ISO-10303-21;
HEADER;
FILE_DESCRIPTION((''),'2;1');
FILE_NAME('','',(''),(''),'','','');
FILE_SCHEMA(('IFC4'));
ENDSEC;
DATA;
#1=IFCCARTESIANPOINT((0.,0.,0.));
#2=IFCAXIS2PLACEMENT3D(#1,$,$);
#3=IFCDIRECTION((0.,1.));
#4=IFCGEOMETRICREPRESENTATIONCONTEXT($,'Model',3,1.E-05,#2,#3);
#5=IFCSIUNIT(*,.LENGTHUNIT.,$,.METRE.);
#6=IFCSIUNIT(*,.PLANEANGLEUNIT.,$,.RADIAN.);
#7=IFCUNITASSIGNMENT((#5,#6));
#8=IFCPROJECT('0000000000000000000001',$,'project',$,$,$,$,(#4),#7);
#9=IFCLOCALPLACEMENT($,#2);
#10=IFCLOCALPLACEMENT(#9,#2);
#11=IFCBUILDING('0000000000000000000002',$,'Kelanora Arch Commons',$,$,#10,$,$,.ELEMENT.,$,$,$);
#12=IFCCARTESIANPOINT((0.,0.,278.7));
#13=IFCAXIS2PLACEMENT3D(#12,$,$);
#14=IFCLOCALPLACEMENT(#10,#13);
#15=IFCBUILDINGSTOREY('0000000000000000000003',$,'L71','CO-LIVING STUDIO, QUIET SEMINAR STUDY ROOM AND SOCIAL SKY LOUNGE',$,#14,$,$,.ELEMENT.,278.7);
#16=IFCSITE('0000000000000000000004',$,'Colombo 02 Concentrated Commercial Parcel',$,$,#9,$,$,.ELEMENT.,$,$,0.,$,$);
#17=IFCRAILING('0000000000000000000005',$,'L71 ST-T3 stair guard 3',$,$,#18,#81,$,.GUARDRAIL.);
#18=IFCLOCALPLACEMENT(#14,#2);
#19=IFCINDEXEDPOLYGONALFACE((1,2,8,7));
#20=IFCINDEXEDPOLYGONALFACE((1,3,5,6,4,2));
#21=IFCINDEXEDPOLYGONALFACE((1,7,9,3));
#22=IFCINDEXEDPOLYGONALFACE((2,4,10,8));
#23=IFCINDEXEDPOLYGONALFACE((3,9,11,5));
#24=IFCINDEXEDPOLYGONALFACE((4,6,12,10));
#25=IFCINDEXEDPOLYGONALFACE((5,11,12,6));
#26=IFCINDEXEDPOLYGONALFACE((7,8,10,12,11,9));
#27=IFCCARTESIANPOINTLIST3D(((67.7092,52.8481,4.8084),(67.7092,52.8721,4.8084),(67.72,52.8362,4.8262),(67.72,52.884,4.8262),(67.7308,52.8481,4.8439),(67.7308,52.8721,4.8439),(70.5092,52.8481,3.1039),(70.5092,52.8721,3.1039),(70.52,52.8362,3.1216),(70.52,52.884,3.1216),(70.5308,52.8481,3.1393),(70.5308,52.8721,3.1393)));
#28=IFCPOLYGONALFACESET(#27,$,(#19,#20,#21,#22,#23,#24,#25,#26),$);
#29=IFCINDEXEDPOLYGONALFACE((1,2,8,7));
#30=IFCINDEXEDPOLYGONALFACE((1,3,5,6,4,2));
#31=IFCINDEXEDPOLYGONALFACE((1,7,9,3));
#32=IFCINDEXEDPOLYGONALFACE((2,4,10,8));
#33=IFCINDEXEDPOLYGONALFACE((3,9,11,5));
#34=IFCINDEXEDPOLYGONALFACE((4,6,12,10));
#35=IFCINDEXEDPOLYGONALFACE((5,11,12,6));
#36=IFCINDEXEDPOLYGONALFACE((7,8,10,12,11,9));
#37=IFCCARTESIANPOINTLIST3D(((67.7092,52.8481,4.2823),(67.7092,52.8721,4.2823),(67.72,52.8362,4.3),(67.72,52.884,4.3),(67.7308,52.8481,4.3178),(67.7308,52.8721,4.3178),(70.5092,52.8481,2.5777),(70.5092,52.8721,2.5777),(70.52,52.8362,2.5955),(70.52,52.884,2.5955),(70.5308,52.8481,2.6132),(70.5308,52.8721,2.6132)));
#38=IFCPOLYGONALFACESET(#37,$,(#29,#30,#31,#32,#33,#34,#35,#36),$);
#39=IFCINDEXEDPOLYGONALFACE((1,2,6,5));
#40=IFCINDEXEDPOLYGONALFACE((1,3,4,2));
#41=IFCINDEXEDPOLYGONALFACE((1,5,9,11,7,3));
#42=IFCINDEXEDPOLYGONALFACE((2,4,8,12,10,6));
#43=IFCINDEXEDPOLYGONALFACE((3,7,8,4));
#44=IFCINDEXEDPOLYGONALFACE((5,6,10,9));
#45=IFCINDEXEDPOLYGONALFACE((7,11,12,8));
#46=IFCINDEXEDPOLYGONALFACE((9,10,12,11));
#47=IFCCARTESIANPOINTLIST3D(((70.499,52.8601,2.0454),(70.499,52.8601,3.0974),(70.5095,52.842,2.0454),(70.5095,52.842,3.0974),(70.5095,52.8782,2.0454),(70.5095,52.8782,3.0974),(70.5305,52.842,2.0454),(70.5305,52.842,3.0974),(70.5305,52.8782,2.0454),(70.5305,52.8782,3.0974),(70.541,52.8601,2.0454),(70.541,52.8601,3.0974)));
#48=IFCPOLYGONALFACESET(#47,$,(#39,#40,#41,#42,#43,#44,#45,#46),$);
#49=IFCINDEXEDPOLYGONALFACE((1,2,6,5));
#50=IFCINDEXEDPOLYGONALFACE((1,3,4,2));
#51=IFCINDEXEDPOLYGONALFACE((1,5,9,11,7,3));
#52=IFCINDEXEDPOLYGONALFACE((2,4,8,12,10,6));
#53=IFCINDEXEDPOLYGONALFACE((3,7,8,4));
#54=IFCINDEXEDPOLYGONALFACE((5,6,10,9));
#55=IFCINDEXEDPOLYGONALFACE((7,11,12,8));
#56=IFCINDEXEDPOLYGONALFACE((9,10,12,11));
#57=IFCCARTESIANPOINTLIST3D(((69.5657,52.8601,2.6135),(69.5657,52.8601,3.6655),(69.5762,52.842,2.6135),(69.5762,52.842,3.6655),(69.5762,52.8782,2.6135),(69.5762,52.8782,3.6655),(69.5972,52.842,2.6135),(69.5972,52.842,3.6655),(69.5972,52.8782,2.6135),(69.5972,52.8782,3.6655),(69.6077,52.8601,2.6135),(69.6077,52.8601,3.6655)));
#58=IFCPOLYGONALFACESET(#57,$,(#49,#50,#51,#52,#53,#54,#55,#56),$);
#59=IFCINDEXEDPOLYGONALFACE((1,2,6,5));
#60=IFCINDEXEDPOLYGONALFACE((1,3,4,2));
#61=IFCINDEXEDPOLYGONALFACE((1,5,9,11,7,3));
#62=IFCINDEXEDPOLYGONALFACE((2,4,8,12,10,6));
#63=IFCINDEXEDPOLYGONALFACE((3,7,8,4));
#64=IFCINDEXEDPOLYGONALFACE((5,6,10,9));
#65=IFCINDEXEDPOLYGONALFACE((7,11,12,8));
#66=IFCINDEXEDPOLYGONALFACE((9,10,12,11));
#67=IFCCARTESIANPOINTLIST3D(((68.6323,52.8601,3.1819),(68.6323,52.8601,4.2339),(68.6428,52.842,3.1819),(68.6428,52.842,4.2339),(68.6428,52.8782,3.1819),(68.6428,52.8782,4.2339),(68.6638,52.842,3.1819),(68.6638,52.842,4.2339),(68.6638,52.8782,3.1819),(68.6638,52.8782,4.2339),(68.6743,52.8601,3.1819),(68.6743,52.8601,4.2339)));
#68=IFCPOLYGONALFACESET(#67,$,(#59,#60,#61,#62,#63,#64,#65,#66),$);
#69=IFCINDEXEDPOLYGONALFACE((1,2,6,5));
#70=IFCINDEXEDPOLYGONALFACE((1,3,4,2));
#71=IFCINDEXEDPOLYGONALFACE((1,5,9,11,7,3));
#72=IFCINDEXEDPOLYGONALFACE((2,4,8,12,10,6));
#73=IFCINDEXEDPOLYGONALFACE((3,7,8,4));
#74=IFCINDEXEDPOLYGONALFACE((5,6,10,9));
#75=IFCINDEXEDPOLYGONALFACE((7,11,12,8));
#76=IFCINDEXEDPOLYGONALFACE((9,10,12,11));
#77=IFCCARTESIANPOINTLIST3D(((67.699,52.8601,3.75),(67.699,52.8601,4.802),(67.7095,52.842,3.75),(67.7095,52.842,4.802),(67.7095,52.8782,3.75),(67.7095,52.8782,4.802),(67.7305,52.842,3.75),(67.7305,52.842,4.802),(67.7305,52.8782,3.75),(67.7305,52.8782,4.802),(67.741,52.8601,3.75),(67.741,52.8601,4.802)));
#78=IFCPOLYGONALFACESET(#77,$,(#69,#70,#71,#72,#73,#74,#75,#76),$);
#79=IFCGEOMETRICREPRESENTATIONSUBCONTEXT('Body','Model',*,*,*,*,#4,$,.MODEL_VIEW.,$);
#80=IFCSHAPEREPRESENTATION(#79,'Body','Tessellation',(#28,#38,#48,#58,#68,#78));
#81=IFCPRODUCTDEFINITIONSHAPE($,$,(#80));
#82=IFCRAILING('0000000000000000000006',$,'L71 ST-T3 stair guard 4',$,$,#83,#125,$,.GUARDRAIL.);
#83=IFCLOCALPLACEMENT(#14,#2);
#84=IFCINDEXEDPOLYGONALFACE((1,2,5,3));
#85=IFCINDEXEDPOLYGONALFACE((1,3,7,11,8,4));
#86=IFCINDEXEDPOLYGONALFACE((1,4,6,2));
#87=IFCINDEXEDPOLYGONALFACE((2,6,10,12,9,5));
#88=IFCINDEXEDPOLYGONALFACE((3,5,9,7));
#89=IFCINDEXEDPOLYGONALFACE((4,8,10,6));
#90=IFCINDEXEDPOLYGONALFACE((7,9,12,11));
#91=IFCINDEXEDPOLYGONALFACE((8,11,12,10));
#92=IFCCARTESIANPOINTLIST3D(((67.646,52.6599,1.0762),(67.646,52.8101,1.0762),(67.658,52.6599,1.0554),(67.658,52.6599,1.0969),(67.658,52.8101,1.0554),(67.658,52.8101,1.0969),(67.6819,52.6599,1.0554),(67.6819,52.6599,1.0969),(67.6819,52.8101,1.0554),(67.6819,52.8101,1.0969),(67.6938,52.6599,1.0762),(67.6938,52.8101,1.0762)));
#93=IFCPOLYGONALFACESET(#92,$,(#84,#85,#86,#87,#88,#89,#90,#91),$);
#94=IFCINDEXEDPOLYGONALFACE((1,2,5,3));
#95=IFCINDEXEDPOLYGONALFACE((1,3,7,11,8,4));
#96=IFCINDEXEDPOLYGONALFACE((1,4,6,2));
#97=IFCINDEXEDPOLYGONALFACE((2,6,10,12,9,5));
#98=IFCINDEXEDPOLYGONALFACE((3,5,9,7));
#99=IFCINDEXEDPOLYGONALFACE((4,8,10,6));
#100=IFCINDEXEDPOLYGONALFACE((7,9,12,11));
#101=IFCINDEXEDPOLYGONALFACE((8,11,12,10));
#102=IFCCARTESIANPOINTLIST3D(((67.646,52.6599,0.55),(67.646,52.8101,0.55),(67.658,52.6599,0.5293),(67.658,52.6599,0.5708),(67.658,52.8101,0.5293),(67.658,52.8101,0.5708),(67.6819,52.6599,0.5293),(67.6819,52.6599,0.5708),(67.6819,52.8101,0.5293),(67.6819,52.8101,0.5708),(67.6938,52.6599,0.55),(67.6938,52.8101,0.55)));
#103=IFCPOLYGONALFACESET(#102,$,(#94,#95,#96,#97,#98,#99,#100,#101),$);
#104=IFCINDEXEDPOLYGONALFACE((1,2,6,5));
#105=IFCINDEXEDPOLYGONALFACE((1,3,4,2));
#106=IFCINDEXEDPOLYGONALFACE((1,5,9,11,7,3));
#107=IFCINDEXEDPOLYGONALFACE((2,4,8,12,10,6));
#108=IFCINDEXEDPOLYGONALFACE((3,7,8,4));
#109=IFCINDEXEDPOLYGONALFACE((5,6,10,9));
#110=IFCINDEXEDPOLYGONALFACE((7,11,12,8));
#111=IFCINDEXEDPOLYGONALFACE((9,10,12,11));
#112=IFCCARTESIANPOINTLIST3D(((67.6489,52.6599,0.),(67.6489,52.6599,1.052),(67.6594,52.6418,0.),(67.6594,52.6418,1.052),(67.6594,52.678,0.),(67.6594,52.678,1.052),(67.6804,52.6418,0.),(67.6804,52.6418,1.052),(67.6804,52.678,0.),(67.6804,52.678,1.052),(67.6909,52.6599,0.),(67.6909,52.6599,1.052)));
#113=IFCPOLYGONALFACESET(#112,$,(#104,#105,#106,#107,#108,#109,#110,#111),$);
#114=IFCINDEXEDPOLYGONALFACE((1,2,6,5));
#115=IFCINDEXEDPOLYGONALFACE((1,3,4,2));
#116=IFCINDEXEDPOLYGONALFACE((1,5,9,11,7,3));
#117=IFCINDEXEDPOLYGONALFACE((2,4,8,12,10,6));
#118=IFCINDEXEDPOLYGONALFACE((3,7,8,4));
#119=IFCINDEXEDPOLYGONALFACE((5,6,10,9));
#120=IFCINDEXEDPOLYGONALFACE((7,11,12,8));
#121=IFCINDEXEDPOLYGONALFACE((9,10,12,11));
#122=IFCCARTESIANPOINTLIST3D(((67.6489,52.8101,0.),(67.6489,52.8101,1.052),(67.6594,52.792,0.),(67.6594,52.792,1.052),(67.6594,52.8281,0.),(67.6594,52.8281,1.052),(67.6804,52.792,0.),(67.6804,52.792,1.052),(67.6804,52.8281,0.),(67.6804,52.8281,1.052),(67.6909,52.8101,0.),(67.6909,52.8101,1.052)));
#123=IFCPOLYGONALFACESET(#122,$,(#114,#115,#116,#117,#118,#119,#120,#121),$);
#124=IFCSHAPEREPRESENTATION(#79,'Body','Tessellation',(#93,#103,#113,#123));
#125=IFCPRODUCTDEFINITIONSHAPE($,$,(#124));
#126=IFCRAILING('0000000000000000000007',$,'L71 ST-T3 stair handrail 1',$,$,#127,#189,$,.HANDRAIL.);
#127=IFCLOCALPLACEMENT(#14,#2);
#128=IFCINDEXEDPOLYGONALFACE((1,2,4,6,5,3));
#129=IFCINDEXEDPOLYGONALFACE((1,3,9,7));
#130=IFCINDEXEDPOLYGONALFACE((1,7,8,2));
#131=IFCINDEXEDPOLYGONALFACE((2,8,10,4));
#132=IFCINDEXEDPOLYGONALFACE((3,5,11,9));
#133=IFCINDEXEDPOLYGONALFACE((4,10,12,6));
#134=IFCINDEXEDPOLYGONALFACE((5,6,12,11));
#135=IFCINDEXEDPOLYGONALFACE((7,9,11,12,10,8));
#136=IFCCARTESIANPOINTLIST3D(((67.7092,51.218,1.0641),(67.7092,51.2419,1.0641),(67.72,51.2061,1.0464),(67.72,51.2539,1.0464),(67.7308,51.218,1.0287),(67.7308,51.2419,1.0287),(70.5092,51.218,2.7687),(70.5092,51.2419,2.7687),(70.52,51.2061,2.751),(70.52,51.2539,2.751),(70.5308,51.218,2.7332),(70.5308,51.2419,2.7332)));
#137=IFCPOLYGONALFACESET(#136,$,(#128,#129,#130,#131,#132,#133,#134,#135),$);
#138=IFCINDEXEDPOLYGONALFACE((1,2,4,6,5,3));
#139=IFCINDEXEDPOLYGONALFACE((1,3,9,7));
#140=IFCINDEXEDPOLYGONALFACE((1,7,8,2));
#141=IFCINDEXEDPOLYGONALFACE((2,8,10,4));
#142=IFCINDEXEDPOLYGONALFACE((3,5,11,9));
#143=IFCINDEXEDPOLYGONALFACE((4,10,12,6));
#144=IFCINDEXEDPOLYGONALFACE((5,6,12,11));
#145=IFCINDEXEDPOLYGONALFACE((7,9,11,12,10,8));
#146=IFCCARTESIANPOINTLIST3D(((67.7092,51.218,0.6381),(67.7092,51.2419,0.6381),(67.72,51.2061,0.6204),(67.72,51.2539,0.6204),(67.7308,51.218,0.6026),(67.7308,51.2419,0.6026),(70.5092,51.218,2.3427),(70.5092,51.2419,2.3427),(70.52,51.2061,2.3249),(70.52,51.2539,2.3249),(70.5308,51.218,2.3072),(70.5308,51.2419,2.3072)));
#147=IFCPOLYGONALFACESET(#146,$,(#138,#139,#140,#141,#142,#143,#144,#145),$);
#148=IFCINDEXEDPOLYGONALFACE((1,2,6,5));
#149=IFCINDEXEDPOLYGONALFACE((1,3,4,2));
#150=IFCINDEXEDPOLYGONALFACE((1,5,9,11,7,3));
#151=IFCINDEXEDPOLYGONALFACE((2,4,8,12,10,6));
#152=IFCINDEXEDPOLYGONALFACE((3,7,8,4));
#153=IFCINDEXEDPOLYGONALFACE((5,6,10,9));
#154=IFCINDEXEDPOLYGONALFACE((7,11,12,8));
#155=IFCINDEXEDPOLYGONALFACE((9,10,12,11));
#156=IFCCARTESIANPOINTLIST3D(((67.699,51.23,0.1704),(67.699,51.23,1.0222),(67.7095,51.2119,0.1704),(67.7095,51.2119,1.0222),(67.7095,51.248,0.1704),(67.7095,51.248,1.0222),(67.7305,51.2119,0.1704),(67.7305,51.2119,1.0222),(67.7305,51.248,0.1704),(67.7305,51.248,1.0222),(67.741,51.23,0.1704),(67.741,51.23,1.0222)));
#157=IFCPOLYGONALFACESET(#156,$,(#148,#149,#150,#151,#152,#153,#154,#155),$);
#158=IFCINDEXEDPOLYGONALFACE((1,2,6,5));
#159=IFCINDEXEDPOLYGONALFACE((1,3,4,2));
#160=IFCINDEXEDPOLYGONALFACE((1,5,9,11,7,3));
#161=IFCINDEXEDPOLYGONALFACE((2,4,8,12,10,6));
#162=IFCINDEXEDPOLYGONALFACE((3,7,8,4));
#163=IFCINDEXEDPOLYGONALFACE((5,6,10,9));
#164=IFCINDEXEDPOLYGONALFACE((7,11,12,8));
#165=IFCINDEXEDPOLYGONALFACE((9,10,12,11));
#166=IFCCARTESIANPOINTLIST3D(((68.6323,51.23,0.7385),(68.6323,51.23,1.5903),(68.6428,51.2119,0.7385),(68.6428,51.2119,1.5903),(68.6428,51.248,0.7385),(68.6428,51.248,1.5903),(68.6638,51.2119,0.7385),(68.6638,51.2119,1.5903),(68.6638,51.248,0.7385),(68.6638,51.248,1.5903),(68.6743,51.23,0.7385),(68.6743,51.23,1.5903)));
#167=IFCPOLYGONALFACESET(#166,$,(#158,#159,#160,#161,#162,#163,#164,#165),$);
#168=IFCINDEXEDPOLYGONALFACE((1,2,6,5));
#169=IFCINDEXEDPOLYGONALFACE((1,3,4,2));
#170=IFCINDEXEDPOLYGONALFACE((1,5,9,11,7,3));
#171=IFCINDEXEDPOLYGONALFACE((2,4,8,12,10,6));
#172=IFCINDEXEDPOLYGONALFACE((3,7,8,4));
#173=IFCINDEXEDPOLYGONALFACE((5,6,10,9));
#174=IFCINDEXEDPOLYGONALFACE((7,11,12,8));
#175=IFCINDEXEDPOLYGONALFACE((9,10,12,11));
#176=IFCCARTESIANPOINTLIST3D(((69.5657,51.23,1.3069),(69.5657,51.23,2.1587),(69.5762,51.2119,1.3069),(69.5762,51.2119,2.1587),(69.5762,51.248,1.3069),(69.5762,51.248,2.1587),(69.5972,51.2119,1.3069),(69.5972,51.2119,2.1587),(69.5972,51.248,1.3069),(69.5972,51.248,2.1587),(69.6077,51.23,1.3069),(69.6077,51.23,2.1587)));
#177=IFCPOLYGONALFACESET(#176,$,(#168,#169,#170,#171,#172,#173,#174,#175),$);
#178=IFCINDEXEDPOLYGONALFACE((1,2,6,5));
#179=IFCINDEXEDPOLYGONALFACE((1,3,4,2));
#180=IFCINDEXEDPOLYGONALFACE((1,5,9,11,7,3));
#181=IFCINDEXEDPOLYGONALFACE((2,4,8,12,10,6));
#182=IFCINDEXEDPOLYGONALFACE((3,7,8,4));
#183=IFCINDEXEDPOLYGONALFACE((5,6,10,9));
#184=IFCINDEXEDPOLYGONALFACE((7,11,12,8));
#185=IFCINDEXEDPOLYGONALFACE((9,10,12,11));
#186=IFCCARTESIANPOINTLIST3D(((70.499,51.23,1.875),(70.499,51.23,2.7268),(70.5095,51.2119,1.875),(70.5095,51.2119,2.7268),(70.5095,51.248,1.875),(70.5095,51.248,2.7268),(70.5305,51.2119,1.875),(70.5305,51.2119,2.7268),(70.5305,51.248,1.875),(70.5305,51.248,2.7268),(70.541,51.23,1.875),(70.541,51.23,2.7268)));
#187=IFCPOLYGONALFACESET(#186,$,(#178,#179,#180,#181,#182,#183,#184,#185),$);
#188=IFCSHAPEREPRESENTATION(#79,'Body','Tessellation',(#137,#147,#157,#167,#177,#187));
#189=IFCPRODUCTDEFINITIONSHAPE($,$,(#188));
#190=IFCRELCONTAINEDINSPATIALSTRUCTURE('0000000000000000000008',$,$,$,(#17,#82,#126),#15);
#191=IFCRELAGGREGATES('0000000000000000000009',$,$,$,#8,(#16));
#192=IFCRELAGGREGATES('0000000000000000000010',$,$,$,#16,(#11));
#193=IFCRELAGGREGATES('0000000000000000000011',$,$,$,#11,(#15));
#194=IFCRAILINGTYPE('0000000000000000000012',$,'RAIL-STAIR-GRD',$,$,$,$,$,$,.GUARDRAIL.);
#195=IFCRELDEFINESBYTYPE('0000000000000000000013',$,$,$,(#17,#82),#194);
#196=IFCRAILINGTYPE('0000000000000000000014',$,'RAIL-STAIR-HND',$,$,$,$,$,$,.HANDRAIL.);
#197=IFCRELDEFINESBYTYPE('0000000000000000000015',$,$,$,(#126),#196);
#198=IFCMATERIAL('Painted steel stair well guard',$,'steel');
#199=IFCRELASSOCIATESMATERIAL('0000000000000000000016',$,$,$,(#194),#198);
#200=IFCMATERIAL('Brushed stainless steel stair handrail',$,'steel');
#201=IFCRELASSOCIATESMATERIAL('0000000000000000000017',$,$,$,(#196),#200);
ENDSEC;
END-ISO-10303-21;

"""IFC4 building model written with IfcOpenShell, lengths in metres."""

from ifc_helpers import new_model, si_unit, direction, frame, origin, place, context, subcontext, project, spatial, polyline, outline, extrude, material, type_object, element, save


model = new_model("IFC4")

# Units and contexts
model_context = context("Model", 3, precision=1e-05, world=origin(), true_north=direction((0.0, 1.0)))
body_context = subcontext(model_context, "Body", "Model", "MODEL_VIEW")
ifc_project = project(units=[si_unit("LENGTHUNIT", "METRE"), si_unit("PLANEANGLEUNIT", "RADIAN")], contexts=[model_context])

# Site, building, storey
site_placement = place(None, origin())
site = spatial("IfcSite", under=ifc_project, at=site_placement, Name="Colombo 02 Concentrated Commercial Parcel", CompositionType="ELEMENT", RefElevation=0.0)
building_placement = place(site_placement, origin())
building = spatial("IfcBuilding", under=site, at=building_placement, Name="Kelanora Arch Commons", CompositionType="ELEMENT")
storey_placement = place(building_placement, frame((0.0, 0.0, 278.7)))
storey = spatial("IfcBuildingStorey", under=building, at=storey_placement, Name="L71", Description="CO-LIVING STUDIO, QUIET SEMINAR STUDY ROOM AND SOCIAL SKY LOUNGE", CompositionType="ELEMENT", Elevation=278.7)

# Railings
ifc_material_1 = material(Name="Painted steel stair well guard", Category="steel")
railing_type_1 = type_object("IfcRailingType", Name="RAIL-STAIR-GRD", PredefinedType="GUARDRAIL", material=ifc_material_1)
railing_1_placement = place(storey_placement, frame((70.52, 52.8601, 2.0454)))
element("IfcRailing", 1, at=railing_1_placement, inside=storey, type_object=railing_type_1, Name="L71 ST-T3 stair guard 3", PredefinedType="GUARDRAIL", context=body_context, shape_type="SweptSolid", body=[
    extrude(outline(polyline([(0.0239, 0.0), (0.012, 0.0208), (-0.012, 0.0208), (-0.0239, 0.0), (-0.012, -0.0208), (0.012, -0.0208), (0.0239, 0.0)])), frame((0.0, 0.0, 1.0762), z_axis=(-0.85417, 0.0, 0.519994), x_axis=(0.0, -1.0, 0.0)), (0.0, 0.0, 1.0), 3.2781),
    extrude(outline(polyline([(0.0239, 0.0), (0.012, 0.0208), (-0.012, 0.0208), (-0.0239, 0.0), (-0.012, -0.0208), (0.012, -0.0208), (0.0239, 0.0)])), frame((0.0, 0.0, 0.55), z_axis=(-0.85417, 0.0, 0.519994), x_axis=(0.0, -1.0, 0.0)), (0.0, 0.0, 1.0), 3.2781),
    extrude(outline(polyline([(0.021, 0.0), (0.0105, 0.0181), (-0.0105, 0.0181), (-0.021, 0.0), (-0.0105, -0.0181), (0.0105, -0.0181), (0.021, 0.0)])), origin(), (0.0, 0.0, 1.0), 1.052),
    extrude(outline(polyline([(0.021, 0.0), (0.0105, 0.0181), (-0.0105, 0.0181), (-0.021, 0.0), (-0.0105, -0.0181), (0.0105, -0.0181), (0.021, 0.0)])), frame((-0.9333, 0.0, 0.5681)), (0.0, 0.0, 1.0), 1.052),
    extrude(outline(polyline([(0.021, 0.0), (0.0105, 0.0181), (-0.0105, 0.0181), (-0.021, 0.0), (-0.0105, -0.0181), (0.0105, -0.0181), (0.021, 0.0)])), frame((-1.8667, 0.0, 1.1365)), (0.0, 0.0, 1.0), 1.052),
    extrude(outline(polyline([(0.021, 0.0), (0.0105, 0.0181), (-0.0105, 0.0181), (-0.021, 0.0), (-0.0105, -0.0181), (0.0105, -0.0181), (0.021, 0.0)])), frame((-2.8, 0.0, 1.7046)), (0.0, 0.0, 1.0), 1.052),
])
railing_2_placement = place(storey_placement, frame((67.6699, 52.6599, 0.0)))
element("IfcRailing", 2, at=railing_2_placement, inside=storey, type_object=railing_type_1, Name="L71 ST-T3 stair guard 4", PredefinedType="GUARDRAIL", context=body_context, shape_type="SweptSolid", body=[
    extrude(outline(polyline([(0.0239, 0.0), (0.012, 0.0208), (-0.012, 0.0208), (-0.0239, 0.0), (-0.012, -0.0208), (0.012, -0.0208), (0.0239, 0.0)])), frame((0.0, 0.0, 1.0762), z_axis=(0.0, 1.0, 0.0), x_axis=(-1.0, 0.0, 0.0)), (0.0, 0.0, 1.0), 0.1501),
    extrude(outline(polyline([(0.0239, 0.0), (0.012, 0.0208), (-0.012, 0.0208), (-0.0239, 0.0), (-0.012, -0.0208), (0.012, -0.0208), (0.0239, 0.0)])), frame((0.0, 0.0, 0.55), z_axis=(0.0, 1.0, 0.0), x_axis=(-1.0, 0.0, 0.0)), (0.0, 0.0, 1.0), 0.1501),
    extrude(outline(polyline([(0.021, 0.0), (0.0105, 0.0181), (-0.0105, 0.0181), (-0.021, 0.0), (-0.0105, -0.0181), (0.0105, -0.0181), (0.021, 0.0)])), origin(), (0.0, 0.0, 1.0), 1.052),
    extrude(outline(polyline([(0.021, 0.0), (0.0105, 0.0181), (-0.0105, 0.0181), (-0.021, 0.0), (-0.0105, -0.0181), (0.0105, -0.0181), (0.021, 0.0)])), frame((0.0, 0.1501, 0.0)), (0.0, 0.0, 1.0), 1.052),
])
ifc_material_2 = material(Name="Brushed stainless steel stair handrail", Category="steel")
railing_type_2 = type_object("IfcRailingType", Name="RAIL-STAIR-HND", PredefinedType="HANDRAIL", material=ifc_material_2)
railing_3_placement = place(storey_placement, frame((67.72, 51.23, 0.1704)))
element("IfcRailing", 3, at=railing_3_placement, inside=storey, type_object=railing_type_2, Name="L71 ST-T3 stair handrail 1", PredefinedType="HANDRAIL", context=body_context, shape_type="SweptSolid", body=[
    extrude(outline(polyline([(0.0239, 0.0), (0.012, 0.0208), (-0.012, 0.0208), (-0.0239, 0.0), (-0.012, -0.0208), (0.012, -0.0208), (0.0239, 0.0)])), frame((0.0, 0.0, 0.876), z_axis=(0.85417, 0.0, 0.519994), x_axis=(0.0, 1.0, 0.0)), (0.0, 0.0, 1.0), 3.2781),
    extrude(outline(polyline([(0.0239, 0.0), (0.012, 0.0208), (-0.012, 0.0208), (-0.0239, 0.0), (-0.012, -0.0208), (0.012, -0.0208), (0.0239, 0.0)])), frame((0.0, 0.0, 0.45), z_axis=(0.85417, 0.0, 0.519994), x_axis=(0.0, 1.0, 0.0)), (0.0, 0.0, 1.0), 3.2781),
    extrude(outline(polyline([(0.021, 0.0), (0.0105, 0.0181), (-0.0105, 0.0181), (-0.021, 0.0), (-0.0105, -0.0181), (0.0105, -0.0181), (0.021, 0.0)])), origin(), (0.0, 0.0, 1.0), 0.8518),
    extrude(outline(polyline([(0.021, 0.0), (0.0105, 0.0181), (-0.0105, 0.0181), (-0.021, 0.0), (-0.0105, -0.0181), (0.0105, -0.0181), (0.021, 0.0)])), frame((0.9333, 0.0, 0.5681)), (0.0, 0.0, 1.0), 0.8518),
    extrude(outline(polyline([(0.021, 0.0), (0.0105, 0.0181), (-0.0105, 0.0181), (-0.021, 0.0), (-0.0105, -0.0181), (0.0105, -0.0181), (0.021, 0.0)])), frame((1.8667, 0.0, 1.1365)), (0.0, 0.0, 1.0), 0.8518),
    extrude(outline(polyline([(0.021, 0.0), (0.0105, 0.0181), (-0.0105, 0.0181), (-0.021, 0.0), (-0.0105, -0.0181), (0.0105, -0.0181), (0.021, 0.0)])), frame((2.8, 0.0, 1.7046)), (0.0, 0.0, 1.0), 0.8518),
])

save(model, "model.ifc")
